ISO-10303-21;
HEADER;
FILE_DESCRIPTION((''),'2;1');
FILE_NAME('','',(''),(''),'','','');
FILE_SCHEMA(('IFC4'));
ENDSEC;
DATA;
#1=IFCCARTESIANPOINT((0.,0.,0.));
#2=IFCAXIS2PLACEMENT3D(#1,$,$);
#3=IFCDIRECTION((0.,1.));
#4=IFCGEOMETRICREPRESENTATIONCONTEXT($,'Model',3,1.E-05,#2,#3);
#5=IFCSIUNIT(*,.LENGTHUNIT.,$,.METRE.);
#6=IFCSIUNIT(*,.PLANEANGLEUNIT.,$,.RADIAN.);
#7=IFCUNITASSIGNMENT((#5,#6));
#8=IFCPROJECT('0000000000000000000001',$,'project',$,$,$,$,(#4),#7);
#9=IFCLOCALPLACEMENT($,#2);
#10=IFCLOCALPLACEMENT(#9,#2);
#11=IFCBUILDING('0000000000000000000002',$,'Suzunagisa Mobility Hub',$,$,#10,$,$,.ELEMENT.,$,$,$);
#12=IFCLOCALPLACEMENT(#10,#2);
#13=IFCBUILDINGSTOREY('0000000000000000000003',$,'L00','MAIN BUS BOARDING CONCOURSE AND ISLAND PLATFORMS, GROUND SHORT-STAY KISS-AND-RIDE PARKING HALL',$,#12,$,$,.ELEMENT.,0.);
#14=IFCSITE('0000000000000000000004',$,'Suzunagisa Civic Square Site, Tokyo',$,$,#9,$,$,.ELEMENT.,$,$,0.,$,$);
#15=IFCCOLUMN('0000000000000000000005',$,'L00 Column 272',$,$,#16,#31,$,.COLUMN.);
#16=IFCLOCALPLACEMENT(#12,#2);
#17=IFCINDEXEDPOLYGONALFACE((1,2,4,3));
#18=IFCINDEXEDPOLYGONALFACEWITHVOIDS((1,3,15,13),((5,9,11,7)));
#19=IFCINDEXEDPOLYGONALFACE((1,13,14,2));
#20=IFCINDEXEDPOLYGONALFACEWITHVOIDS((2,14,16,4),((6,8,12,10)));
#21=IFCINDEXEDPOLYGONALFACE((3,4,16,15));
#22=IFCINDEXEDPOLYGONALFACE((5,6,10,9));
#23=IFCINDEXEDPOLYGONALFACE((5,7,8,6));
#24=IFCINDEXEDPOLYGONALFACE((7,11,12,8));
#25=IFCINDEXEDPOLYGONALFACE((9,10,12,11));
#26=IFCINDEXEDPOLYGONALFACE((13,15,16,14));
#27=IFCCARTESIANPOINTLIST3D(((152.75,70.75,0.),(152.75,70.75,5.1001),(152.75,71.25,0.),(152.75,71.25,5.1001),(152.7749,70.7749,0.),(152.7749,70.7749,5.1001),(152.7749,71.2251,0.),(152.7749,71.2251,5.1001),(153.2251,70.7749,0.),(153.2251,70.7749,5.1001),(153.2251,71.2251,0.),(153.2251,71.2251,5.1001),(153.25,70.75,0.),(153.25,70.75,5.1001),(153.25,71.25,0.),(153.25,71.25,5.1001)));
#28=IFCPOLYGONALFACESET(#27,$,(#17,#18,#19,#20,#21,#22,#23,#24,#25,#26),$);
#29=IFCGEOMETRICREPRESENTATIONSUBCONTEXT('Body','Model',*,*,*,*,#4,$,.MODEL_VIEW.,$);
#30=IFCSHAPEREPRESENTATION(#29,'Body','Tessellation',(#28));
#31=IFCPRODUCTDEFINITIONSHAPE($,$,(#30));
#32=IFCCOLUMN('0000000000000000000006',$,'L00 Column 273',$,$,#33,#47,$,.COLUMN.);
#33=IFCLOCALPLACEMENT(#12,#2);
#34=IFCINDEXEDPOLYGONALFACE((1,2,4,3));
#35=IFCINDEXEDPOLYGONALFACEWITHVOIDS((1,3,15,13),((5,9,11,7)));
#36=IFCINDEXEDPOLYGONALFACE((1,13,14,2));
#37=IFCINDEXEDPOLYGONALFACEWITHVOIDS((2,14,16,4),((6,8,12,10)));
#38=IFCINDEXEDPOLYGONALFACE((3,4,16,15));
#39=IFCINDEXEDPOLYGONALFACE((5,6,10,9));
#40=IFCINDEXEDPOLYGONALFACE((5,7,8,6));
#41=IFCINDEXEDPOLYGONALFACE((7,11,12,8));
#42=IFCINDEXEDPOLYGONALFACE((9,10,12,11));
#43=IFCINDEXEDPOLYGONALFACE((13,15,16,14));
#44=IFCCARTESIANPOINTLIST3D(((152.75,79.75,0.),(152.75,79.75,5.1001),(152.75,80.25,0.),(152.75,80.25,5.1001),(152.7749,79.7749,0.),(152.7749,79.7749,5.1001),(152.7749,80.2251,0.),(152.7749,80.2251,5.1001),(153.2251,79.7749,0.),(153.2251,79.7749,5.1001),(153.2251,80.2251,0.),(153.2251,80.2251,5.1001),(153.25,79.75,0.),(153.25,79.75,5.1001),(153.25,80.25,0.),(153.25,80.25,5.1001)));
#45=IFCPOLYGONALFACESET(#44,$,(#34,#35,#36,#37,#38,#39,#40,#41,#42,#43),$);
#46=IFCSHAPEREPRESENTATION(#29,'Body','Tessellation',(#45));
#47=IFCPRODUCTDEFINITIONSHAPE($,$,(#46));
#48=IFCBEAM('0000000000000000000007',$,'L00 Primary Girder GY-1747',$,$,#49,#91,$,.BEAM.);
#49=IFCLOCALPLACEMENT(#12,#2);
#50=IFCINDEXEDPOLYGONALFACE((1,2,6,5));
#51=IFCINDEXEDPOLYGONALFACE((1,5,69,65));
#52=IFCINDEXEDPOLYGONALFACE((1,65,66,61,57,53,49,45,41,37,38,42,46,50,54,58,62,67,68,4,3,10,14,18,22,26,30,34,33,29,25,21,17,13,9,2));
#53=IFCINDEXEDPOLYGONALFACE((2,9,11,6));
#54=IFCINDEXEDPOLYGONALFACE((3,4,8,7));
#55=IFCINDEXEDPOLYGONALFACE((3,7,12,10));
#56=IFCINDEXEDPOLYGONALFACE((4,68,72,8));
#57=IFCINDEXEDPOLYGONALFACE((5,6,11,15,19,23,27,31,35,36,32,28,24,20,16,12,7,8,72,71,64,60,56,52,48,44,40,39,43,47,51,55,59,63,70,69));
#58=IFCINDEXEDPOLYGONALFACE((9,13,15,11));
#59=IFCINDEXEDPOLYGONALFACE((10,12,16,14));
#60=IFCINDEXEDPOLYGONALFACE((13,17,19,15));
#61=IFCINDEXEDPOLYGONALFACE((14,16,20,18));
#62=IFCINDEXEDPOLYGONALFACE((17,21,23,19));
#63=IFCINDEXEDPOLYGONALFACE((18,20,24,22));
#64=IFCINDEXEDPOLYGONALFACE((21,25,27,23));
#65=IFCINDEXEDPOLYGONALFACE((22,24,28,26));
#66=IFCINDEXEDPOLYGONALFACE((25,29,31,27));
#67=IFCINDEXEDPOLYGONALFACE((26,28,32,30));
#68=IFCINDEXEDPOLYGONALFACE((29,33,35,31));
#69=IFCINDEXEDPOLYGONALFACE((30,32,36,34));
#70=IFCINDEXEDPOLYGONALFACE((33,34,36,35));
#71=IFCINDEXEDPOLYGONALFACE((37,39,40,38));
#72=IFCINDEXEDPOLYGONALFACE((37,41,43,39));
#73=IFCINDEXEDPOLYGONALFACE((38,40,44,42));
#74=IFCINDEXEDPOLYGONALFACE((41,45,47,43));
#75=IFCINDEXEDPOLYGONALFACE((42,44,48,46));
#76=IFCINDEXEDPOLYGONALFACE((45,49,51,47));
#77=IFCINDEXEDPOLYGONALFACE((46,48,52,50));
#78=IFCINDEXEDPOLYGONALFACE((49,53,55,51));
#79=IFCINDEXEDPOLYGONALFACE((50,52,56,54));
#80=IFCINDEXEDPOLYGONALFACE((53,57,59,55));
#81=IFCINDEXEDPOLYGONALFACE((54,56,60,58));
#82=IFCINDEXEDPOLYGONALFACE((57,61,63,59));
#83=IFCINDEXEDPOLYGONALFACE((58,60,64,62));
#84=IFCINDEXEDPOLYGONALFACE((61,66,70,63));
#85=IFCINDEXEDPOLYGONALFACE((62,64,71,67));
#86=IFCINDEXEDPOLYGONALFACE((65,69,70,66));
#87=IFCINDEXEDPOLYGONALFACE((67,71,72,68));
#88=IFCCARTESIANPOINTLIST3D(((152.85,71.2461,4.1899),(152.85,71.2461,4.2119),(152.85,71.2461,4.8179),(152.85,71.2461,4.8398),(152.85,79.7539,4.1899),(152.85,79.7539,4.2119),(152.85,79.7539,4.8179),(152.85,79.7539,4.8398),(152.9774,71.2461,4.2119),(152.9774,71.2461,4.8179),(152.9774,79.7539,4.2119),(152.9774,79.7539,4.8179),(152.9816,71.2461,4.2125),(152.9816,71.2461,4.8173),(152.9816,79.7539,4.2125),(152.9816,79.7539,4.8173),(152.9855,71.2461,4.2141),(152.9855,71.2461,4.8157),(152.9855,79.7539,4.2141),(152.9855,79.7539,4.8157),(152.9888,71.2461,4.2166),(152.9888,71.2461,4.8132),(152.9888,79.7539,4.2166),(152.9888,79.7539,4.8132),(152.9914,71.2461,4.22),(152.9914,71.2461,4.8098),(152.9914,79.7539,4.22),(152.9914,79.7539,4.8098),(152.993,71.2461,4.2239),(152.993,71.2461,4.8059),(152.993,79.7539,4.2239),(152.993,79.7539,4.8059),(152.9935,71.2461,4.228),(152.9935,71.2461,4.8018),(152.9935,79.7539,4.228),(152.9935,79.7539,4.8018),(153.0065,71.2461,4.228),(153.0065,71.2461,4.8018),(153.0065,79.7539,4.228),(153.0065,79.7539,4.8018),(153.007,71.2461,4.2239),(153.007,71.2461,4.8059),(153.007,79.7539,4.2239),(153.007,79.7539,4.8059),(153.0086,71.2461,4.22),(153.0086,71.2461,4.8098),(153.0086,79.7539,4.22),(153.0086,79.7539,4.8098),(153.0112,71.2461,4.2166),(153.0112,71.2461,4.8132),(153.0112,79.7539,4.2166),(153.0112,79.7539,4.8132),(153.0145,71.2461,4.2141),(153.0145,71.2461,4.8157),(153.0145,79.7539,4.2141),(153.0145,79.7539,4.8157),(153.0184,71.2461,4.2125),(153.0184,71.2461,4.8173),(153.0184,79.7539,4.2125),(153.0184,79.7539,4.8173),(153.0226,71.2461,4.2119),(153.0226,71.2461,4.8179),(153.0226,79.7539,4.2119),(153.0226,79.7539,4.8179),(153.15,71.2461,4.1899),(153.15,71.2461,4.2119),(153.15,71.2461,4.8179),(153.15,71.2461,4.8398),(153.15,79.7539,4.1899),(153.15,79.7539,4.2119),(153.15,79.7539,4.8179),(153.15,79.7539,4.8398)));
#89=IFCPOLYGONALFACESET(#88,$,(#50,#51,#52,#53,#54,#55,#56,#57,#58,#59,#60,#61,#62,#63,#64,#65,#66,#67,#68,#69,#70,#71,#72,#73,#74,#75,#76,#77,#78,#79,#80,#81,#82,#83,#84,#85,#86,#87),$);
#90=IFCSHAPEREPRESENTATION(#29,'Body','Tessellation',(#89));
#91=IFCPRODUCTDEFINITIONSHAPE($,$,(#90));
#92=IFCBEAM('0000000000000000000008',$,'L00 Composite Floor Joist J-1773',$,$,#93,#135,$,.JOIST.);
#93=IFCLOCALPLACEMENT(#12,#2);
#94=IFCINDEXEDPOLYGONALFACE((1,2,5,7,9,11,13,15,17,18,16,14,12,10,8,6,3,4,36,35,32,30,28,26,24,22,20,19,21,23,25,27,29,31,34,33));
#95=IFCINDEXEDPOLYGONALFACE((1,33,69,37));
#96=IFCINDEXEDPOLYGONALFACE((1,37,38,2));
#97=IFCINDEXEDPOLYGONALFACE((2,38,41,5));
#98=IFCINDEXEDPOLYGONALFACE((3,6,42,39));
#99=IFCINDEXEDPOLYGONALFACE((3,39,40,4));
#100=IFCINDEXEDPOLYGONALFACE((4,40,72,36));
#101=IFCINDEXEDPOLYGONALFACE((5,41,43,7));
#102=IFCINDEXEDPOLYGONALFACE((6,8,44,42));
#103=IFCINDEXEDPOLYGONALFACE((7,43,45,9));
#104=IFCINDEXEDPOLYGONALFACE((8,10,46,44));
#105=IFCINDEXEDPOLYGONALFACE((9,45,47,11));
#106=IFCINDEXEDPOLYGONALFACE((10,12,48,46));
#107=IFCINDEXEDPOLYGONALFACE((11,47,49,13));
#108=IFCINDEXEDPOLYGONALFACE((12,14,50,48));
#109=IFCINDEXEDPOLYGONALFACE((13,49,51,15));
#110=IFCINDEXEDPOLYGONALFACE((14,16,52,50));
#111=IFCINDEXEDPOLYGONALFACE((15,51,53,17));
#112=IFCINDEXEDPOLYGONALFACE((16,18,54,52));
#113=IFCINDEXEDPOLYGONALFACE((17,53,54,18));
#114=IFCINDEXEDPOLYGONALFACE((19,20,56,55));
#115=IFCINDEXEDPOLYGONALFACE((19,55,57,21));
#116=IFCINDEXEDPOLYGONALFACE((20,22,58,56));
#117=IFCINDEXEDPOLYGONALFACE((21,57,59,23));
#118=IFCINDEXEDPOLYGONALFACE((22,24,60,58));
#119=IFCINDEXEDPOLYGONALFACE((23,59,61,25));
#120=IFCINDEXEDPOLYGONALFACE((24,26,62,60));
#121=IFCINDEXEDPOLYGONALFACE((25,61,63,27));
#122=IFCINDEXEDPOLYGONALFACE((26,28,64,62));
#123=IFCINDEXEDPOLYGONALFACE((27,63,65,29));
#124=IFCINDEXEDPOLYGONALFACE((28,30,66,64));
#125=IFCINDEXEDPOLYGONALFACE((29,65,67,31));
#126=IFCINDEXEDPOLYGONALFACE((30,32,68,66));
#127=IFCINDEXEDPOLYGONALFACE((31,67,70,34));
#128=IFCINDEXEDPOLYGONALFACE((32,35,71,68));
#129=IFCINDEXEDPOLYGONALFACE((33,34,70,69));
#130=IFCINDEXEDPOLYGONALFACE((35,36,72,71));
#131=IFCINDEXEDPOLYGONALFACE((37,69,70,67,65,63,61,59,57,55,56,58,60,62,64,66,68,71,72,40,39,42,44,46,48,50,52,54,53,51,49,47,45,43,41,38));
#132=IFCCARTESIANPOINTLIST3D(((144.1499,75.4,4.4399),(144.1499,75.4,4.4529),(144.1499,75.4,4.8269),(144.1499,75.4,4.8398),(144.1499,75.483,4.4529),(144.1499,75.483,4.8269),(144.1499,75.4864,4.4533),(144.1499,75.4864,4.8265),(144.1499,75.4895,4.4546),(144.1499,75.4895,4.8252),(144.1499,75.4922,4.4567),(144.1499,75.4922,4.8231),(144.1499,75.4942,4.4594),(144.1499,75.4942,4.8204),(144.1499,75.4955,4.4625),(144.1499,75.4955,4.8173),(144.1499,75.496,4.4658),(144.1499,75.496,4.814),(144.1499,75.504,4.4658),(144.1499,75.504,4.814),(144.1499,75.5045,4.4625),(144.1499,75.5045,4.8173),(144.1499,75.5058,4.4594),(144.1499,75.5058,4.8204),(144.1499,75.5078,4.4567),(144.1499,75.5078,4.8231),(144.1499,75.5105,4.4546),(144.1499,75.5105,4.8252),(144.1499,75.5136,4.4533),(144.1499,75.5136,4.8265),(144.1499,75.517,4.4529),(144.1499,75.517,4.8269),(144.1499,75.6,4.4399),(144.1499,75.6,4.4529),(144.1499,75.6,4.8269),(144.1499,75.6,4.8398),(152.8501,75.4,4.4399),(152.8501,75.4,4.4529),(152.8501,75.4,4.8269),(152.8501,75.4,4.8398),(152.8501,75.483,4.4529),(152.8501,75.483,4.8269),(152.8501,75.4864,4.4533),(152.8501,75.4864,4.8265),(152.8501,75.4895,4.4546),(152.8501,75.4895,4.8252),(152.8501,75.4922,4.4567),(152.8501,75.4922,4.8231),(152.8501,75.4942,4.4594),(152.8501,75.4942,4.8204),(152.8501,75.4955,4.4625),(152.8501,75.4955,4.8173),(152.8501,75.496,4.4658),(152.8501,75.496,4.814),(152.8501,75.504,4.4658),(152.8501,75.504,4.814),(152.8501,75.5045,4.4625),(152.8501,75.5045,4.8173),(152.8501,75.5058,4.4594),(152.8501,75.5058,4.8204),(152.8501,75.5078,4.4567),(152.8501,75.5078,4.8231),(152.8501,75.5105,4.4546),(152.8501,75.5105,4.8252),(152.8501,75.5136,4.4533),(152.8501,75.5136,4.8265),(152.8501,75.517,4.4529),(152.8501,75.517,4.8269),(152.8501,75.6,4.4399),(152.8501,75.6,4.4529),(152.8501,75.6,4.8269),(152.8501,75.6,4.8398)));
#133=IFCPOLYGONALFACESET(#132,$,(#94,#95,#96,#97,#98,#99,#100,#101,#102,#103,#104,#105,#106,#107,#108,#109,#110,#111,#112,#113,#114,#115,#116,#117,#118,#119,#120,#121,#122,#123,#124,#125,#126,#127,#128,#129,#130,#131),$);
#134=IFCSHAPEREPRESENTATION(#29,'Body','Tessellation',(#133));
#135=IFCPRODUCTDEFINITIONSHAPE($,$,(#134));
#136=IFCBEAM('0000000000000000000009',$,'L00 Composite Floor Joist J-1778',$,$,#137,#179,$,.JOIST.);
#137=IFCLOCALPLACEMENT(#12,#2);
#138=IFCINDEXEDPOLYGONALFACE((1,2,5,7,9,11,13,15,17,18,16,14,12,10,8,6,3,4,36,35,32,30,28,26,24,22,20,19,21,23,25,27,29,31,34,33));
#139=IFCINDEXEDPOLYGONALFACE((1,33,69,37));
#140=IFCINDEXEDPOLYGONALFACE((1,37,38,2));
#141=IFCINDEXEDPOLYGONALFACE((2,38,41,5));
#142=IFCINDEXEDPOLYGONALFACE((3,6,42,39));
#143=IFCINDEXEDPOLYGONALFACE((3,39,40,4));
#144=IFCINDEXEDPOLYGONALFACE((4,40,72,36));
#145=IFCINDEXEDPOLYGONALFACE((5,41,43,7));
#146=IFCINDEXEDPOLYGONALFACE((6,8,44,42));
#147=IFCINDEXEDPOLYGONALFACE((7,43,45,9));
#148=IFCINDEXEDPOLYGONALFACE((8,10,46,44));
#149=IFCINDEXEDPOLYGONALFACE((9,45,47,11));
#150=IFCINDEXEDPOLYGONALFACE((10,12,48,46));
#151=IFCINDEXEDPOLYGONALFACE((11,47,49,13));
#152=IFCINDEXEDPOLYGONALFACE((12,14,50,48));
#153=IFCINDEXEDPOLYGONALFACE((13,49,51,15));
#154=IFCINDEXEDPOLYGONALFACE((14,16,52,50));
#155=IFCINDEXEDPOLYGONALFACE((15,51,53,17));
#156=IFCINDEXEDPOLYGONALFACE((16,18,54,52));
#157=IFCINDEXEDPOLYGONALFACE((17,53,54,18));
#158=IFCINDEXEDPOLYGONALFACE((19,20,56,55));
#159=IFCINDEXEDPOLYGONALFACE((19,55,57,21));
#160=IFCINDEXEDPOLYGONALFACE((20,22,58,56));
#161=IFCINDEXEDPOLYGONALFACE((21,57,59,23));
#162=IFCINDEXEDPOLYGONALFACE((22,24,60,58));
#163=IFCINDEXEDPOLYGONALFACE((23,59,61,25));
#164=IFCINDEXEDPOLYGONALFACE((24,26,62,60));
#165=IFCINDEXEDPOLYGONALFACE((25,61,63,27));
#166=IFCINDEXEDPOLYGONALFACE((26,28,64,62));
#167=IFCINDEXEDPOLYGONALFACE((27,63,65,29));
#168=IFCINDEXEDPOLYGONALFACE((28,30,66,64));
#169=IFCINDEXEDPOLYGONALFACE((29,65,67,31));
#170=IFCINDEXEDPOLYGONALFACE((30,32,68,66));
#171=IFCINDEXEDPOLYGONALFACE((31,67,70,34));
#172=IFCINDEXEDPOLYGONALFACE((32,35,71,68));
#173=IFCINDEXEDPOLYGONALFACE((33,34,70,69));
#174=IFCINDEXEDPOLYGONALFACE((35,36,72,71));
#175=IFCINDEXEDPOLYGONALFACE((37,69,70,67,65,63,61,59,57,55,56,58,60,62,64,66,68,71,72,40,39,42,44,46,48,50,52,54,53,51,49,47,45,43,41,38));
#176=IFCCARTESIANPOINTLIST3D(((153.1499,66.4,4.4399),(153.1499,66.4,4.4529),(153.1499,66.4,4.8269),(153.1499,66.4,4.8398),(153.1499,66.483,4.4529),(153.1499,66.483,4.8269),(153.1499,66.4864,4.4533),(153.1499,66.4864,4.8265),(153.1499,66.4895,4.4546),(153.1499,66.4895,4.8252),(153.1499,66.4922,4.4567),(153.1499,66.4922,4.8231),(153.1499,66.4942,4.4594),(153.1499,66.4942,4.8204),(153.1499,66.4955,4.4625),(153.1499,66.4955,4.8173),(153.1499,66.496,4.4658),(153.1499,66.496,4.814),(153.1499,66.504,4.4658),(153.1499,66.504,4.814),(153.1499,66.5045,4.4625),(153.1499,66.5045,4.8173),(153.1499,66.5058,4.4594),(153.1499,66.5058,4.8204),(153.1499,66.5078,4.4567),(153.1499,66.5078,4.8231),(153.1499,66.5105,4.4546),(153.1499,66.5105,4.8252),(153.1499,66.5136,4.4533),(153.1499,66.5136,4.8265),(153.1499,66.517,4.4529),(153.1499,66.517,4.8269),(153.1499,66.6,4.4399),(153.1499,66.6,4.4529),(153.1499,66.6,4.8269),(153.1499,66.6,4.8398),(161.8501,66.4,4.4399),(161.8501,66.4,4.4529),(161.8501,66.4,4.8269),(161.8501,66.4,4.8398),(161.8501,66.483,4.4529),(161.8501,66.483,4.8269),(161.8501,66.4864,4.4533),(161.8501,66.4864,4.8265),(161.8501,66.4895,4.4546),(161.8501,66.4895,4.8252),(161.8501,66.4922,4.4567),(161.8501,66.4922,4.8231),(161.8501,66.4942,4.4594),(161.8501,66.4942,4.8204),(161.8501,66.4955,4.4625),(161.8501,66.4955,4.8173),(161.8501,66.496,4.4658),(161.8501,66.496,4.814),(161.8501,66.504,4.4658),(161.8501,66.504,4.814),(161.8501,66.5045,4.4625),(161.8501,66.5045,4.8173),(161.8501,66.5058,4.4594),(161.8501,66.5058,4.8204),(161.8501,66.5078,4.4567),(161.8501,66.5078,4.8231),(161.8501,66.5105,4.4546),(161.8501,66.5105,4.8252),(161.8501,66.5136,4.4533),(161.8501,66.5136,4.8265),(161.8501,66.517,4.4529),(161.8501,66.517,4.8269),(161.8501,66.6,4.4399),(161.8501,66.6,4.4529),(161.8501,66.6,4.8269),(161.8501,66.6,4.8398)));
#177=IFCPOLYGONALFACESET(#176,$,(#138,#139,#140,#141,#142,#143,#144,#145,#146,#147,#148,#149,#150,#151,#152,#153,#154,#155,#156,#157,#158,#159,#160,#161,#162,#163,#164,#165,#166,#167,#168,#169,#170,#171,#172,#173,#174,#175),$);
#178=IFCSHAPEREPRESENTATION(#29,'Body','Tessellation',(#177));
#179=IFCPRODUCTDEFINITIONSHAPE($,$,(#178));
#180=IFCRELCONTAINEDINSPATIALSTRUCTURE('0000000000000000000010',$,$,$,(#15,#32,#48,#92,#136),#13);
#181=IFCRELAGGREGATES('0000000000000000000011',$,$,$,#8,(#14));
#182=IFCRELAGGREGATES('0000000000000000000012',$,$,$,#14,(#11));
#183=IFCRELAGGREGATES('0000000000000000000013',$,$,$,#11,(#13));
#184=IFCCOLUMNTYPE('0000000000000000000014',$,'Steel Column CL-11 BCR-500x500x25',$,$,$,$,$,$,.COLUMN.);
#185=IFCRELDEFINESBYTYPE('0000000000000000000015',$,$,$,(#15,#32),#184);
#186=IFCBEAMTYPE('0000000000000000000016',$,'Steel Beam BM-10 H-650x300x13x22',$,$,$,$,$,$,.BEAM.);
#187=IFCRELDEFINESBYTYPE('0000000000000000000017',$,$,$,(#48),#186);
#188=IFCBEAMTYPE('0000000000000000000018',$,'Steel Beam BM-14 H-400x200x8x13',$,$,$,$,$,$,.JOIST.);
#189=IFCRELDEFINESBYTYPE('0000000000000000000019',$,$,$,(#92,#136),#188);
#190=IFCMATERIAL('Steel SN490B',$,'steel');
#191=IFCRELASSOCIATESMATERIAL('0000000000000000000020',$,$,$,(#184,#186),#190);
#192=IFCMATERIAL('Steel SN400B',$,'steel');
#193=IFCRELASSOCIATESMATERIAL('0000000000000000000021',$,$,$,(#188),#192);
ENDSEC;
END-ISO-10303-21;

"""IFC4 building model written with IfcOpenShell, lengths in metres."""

from ifc_helpers import new_model, si_unit, direction, frame, origin, origin_2d, place, context, subcontext, project, spatial, hollow_rectangle, i_section, extrude, material, material_profile, profile_set, type_object, element, save


model = new_model("IFC4")

# Units and contexts
model_context = context("Model", 3, precision=1e-05, world=origin(), true_north=direction((0.0, 1.0)))
body_context = subcontext(model_context, "Body", "Model", "MODEL_VIEW")
ifc_project = project(units=[si_unit("LENGTHUNIT", "METRE"), si_unit("PLANEANGLEUNIT", "RADIAN")], contexts=[model_context])

# Site, building, storey
site_placement = place(None, origin())
site = spatial("IfcSite", under=ifc_project, at=site_placement, Name="Suzunagisa Civic Square Site, Tokyo", CompositionType="ELEMENT", RefElevation=0.0)
building_placement = place(site_placement, origin())
building = spatial("IfcBuilding", under=site, at=building_placement, Name="Suzunagisa Mobility Hub", CompositionType="ELEMENT")
storey_placement = place(building_placement, origin())
storey = spatial("IfcBuildingStorey", under=building, at=storey_placement, Name="L00", Description="MAIN BUS BOARDING CONCOURSE AND ISLAND PLATFORMS, GROUND SHORT-STAY KISS-AND-RIDE PARKING HALL", CompositionType="ELEMENT", Elevation=0.0)

# Columns
ifc_material_1 = material(Name="Steel SN490B", Category="steel")
ifc_material_profile_1 = material_profile(ifc_material_1, hollow_rectangle(XDim=0.5, YDim=0.5, WallThickness=0.0249, at=origin_2d()), Name="BCR-500x500x25")
ifc_profile_set_1 = profile_set([ifc_material_profile_1], Name="Steel SN490B")
column_type = type_object("IfcColumnType", Name="Steel Column CL-11 BCR-500x500x25", PredefinedType="COLUMN", material=ifc_profile_set_1)
for number, where, z_axis, x_axis, name in (
    (1, (153.0, 71.0, 0.0), (0.0, 0.0, 1.0), (1.0, 0.0, 0.0), "L00 Column 272"),
    (2, (153.0, 80.0, 0.0), (0.0, 0.0, 1.0), (1.0, 0.0, 0.0), "L00 Column 273"),
):
    element("IfcColumn", number, at=place(storey_placement, frame(where, z_axis=z_axis, x_axis=x_axis)), inside=storey, type_object=column_type, Name=name, PredefinedType="COLUMN", context=body_context, shape_type="SweptSolid", body=[
        extrude(hollow_rectangle(XDim=0.5, YDim=0.5, WallThickness=0.0249, at=origin_2d()), origin(), (0.0, 0.0, 1.0), 5.1001),
    ])

# Beams
ifc_material_profile_2 = material_profile(ifc_material_1, i_section(OverallWidth=0.3, OverallDepth=0.6499, WebThickness=0.0129, FlangeThickness=0.022, FilletRadius=0.0161, at=origin_2d()), Name="H-650x300x13x22")
ifc_profile_set_2 = profile_set([ifc_material_profile_2], Name="Steel SN490B")
beam_type_1 = type_object("IfcBeamType", Name="Steel Beam BM-10 H-650x300x13x22", PredefinedType="BEAM", material=ifc_profile_set_2)
beam_placement = place(storey_placement, frame((153.0, 71.2461, 4.5149), z_axis=(0.0, 1.0, 0.0), x_axis=(-1.0, 0.0, 0.0)))
element("IfcBeam", 3, at=beam_placement, inside=storey, type_object=beam_type_1, Name="L00 Primary Girder GY-1747", PredefinedType="BEAM", context=body_context, shape_type="SweptSolid", body=[
    extrude(i_section(OverallWidth=0.3, OverallDepth=0.6499, WebThickness=0.0129, FlangeThickness=0.022, FilletRadius=0.0161, at=origin_2d()), origin(), (0.0, 0.0, 1.0), 8.5078),
])
ifc_material_2 = material(Name="Steel SN400B", Category="steel")
ifc_material_profile_3 = material_profile(ifc_material_2, i_section(OverallWidth=0.2, OverallDepth=0.3999, WebThickness=0.0081, FlangeThickness=0.0129, FilletRadius=0.0129, at=origin_2d()), Name="H-400x200x8x13")
ifc_profile_set_3 = profile_set([ifc_material_profile_3], Name="Steel SN400B")
beam_type_2 = type_object("IfcBeamType", Name="Steel Beam BM-14 H-400x200x8x13", PredefinedType="JOIST", material=ifc_profile_set_3)
for number, where, z_axis, x_axis, name in (
    (4, (144.1499, 75.5, 4.6399), (1.0, 0.0, 0.0), (0.0, 1.0, 0.0), "L00 Composite Floor Joist J-1773"),
    (5, (153.1499, 66.5, 4.6399), (1.0, 0.0, 0.0), (0.0, 1.0, 0.0), "L00 Composite Floor Joist J-1778"),
):
    element("IfcBeam", number, at=place(storey_placement, frame(where, z_axis=z_axis, x_axis=x_axis)), inside=storey, type_object=beam_type_2, Name=name, PredefinedType="JOIST", context=body_context, shape_type="SweptSolid", body=[
        extrude(i_section(OverallWidth=0.2, OverallDepth=0.3999, WebThickness=0.0081, FlangeThickness=0.0129, FilletRadius=0.0129, at=origin_2d()), origin(), (0.0, 0.0, 1.0), 8.7002),
    ])

save(model, "model.ifc")
